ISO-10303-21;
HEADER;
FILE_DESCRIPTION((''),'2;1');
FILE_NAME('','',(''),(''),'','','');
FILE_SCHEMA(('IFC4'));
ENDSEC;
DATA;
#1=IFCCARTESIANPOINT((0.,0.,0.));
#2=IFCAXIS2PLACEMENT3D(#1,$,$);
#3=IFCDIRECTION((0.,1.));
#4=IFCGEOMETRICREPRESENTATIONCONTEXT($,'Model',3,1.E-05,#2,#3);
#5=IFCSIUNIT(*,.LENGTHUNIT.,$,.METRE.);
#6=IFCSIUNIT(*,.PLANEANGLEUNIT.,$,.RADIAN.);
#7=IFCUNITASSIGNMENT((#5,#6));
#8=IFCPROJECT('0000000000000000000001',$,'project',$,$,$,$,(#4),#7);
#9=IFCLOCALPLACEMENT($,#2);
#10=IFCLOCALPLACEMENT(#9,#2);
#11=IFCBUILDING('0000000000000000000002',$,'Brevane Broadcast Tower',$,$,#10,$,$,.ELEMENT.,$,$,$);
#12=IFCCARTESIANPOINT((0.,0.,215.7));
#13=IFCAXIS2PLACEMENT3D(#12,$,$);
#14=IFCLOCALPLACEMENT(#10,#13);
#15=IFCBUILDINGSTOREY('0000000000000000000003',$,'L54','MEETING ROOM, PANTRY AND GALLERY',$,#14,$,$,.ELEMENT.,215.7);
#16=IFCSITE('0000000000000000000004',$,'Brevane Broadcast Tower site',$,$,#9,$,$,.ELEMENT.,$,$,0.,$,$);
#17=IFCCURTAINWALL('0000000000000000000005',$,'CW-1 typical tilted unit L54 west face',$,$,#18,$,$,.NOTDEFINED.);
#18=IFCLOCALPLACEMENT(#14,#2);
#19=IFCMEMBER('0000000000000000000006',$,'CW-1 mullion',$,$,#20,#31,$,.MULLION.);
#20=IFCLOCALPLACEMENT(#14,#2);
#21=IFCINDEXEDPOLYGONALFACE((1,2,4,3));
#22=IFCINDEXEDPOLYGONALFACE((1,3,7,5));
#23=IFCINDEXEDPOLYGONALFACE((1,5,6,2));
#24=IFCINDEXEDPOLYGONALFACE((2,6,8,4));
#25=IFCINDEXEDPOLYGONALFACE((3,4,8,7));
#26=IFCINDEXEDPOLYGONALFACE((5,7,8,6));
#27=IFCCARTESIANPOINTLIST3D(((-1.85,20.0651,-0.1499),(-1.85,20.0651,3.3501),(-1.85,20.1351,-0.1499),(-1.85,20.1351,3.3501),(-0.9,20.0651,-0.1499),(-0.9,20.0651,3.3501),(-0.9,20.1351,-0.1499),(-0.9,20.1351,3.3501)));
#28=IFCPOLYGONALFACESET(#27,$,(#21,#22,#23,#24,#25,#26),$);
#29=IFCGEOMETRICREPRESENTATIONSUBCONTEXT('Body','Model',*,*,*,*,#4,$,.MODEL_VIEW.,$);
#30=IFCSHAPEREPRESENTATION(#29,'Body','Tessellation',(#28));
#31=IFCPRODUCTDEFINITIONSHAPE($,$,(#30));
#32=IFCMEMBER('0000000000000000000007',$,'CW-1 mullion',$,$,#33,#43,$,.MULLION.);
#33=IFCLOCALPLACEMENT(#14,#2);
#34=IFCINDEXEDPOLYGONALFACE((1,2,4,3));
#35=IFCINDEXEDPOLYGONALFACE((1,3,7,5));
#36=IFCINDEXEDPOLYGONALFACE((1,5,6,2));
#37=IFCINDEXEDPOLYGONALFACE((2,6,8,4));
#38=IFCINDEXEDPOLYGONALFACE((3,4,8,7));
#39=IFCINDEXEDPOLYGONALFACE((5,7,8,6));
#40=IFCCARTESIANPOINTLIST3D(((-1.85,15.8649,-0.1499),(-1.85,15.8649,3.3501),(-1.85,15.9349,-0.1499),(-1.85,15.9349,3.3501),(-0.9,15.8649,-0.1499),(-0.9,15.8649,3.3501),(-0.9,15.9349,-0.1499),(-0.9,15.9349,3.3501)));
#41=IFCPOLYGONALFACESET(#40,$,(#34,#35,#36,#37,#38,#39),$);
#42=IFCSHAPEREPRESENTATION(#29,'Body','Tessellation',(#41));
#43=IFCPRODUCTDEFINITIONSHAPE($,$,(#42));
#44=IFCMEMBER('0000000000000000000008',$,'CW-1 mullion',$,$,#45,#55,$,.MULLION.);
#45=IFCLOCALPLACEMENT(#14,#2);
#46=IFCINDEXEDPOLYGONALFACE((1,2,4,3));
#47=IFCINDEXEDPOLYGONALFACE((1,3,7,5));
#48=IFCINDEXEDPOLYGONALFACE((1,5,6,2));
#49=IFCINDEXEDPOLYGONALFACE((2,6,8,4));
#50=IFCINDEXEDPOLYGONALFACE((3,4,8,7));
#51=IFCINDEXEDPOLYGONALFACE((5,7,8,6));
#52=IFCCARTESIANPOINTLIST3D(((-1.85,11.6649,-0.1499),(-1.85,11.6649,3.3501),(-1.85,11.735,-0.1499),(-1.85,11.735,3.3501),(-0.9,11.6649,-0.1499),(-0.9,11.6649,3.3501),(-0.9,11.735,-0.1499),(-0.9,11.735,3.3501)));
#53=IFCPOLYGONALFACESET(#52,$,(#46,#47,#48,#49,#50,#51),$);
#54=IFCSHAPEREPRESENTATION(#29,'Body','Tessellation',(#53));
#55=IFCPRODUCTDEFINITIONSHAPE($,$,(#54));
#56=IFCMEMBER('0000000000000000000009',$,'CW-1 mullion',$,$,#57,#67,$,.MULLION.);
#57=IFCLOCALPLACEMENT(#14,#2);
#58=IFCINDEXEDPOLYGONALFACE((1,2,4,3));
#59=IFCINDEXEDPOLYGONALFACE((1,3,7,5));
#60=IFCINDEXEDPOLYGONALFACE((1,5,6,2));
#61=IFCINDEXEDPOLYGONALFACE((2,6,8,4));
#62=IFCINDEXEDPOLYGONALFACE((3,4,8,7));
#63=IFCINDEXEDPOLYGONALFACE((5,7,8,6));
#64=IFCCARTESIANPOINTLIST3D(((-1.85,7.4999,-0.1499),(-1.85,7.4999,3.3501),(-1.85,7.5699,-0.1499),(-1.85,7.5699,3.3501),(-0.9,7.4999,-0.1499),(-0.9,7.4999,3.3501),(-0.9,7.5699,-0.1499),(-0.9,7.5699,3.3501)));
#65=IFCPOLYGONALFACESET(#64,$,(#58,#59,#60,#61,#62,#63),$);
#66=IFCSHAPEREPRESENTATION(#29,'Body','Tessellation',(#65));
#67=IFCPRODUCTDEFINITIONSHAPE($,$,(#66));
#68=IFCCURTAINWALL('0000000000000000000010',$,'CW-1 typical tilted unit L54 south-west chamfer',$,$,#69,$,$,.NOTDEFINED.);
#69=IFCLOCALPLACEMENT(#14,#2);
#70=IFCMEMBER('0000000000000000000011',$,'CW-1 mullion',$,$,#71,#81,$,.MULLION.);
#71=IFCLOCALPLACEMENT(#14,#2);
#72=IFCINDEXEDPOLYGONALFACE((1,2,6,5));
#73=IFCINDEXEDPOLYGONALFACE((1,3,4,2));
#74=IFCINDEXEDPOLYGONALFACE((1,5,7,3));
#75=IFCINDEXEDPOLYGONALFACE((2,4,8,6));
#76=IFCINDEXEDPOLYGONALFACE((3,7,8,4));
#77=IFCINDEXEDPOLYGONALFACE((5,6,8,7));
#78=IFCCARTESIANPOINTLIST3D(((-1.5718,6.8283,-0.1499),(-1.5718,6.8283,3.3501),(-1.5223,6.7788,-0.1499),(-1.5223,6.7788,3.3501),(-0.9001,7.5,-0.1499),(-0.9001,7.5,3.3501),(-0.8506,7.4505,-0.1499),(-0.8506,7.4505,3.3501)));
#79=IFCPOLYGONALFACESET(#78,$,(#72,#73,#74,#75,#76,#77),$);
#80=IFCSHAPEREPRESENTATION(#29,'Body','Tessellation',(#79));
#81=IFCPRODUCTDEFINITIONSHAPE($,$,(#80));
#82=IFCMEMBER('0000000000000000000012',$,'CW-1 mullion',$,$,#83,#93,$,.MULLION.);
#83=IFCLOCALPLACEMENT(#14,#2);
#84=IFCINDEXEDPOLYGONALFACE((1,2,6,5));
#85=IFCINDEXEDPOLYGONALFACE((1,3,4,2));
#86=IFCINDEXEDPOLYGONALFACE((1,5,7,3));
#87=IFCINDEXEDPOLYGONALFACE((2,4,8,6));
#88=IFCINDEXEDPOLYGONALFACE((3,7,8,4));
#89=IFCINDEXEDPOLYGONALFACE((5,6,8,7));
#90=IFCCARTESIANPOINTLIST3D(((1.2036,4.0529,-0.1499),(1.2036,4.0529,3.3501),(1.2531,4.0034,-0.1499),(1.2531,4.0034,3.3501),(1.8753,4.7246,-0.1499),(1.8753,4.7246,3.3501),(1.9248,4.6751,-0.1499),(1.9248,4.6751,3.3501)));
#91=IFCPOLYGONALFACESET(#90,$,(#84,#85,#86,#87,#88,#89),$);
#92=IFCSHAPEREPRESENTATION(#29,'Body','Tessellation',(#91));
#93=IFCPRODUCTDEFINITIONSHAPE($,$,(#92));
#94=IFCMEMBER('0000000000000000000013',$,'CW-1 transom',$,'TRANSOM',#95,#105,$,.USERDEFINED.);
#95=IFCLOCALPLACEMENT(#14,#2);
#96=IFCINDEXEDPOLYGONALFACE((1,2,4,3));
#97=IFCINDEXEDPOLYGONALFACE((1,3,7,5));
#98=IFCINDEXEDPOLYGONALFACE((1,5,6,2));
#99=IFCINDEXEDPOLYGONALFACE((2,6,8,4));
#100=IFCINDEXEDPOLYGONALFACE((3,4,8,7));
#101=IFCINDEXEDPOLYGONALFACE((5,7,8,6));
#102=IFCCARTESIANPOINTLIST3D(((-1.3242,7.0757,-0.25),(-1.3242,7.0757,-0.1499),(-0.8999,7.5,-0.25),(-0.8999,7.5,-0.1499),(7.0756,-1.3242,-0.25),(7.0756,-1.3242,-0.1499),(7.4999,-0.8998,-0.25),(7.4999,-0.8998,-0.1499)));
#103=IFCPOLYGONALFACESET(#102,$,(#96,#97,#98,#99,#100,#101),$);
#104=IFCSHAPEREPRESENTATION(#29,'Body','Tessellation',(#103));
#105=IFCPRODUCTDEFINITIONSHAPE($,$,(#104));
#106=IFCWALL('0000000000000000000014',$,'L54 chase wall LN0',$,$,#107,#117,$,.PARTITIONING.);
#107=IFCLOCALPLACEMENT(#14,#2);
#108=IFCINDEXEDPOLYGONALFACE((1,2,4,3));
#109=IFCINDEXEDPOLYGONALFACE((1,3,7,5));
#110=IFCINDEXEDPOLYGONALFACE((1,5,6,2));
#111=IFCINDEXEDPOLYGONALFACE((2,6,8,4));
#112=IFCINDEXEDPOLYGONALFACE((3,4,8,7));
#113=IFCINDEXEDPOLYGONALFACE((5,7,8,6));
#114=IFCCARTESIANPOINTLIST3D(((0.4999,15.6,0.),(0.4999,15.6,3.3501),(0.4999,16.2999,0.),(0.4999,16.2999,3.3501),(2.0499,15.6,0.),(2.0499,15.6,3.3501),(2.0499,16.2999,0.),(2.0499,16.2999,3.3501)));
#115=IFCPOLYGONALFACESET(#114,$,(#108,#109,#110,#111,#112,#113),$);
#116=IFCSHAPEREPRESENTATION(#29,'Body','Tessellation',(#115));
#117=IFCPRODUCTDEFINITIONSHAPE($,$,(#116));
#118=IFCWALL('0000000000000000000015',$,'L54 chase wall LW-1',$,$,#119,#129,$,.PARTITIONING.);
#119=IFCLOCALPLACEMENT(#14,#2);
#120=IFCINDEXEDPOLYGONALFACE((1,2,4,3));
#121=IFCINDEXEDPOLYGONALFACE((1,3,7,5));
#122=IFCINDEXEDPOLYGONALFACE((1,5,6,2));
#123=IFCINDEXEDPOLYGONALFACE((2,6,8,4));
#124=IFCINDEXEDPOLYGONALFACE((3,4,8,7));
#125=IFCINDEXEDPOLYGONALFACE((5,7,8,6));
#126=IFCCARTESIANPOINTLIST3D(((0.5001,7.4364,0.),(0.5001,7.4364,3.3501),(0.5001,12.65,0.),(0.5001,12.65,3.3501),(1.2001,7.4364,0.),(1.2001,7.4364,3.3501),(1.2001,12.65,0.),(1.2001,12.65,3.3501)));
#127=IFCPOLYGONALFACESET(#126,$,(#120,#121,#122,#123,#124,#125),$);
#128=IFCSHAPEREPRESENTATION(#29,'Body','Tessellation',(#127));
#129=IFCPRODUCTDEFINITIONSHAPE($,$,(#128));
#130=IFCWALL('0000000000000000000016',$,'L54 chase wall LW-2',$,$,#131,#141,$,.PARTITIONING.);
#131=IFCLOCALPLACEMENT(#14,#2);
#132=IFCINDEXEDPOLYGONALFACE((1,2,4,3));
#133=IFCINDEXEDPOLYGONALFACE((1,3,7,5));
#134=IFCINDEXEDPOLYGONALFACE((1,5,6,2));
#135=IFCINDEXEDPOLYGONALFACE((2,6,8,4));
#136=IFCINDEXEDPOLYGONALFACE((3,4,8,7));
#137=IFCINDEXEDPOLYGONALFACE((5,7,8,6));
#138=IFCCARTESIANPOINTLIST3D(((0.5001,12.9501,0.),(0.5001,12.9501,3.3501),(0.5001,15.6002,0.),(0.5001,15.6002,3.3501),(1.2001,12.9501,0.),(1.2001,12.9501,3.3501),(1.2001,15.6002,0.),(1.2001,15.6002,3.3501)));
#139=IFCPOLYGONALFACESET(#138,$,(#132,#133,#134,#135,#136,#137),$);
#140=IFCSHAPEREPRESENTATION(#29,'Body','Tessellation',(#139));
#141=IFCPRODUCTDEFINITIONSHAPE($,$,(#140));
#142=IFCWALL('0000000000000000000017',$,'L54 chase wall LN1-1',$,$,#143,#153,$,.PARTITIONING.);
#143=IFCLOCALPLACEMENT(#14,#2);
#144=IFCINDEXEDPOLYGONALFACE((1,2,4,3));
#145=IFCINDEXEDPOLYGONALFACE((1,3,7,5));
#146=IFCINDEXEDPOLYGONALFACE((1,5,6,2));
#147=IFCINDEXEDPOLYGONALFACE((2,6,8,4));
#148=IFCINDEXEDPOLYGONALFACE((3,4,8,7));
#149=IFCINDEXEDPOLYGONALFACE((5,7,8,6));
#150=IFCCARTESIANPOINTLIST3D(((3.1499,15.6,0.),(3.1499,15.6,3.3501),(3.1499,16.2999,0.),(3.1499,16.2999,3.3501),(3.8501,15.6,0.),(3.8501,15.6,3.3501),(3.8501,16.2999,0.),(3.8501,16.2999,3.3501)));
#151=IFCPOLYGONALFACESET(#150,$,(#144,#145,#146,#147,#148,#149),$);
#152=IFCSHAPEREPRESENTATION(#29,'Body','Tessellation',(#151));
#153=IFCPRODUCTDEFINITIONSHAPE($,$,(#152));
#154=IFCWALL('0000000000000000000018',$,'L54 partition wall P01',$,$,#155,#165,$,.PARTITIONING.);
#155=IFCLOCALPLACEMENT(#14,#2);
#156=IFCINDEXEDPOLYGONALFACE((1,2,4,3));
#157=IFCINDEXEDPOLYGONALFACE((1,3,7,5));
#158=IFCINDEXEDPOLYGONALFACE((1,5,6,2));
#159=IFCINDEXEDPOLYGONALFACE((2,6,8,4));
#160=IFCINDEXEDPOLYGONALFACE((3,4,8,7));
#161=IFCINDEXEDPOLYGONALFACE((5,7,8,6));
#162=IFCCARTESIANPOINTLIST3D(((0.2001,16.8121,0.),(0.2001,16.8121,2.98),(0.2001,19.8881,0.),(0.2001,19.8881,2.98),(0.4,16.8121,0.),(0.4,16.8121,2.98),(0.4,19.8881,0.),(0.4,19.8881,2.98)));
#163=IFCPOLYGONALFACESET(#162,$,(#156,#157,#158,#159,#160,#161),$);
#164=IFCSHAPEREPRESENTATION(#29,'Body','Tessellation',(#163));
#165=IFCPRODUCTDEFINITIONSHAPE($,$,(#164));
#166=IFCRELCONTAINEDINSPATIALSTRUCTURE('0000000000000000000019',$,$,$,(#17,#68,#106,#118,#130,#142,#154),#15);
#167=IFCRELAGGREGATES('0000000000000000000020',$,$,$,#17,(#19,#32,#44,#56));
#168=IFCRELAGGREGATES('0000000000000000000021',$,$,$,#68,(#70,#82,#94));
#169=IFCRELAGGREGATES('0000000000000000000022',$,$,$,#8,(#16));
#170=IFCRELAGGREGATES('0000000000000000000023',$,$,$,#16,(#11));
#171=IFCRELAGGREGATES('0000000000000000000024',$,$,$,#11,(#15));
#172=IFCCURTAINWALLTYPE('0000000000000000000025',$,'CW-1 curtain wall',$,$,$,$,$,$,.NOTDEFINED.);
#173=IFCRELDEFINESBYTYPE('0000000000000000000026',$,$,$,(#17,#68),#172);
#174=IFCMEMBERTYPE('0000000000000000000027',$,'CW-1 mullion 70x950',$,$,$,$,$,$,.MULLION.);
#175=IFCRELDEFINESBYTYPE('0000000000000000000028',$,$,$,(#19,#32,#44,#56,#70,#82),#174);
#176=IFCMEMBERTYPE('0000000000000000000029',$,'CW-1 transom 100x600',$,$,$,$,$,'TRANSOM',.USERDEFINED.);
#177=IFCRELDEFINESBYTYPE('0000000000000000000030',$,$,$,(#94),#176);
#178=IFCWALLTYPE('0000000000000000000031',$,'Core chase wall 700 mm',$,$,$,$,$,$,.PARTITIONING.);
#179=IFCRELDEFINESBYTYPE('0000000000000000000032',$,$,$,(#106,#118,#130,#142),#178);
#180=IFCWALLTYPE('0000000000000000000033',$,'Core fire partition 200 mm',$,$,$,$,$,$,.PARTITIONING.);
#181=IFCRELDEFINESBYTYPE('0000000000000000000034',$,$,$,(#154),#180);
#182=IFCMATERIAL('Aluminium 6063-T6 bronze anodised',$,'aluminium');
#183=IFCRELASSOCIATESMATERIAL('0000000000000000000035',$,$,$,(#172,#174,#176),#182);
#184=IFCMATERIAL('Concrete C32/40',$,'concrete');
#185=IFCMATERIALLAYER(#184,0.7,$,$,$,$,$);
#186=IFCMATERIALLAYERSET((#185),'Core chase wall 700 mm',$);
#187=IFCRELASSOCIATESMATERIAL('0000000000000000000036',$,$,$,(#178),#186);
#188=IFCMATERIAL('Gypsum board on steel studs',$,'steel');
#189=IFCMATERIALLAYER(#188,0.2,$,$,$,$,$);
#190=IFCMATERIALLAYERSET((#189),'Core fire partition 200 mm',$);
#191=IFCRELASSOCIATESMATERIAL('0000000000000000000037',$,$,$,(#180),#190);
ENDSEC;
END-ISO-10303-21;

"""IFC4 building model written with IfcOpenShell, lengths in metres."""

from ifc_helpers import new_model, si_unit, direction, frame, frame_2d, origin, origin_2d, place, context, subcontext, project, spatial, rectangle, extrude, material, layer, layer_set, material_profile, profile_set, type_object, element, aggregate, save


model = new_model("IFC4")

# Units and contexts
model_context = context("Model", 3, precision=1e-05, world=origin(), true_north=direction((0.0, 1.0)))
body_context = subcontext(model_context, "Body", "Model", "MODEL_VIEW")
ifc_project = project(units=[si_unit("LENGTHUNIT", "METRE"), si_unit("PLANEANGLEUNIT", "RADIAN")], contexts=[model_context])

# Site, building, storey
site_placement = place(None, origin())
site = spatial("IfcSite", under=ifc_project, at=site_placement, Name="Brevane Broadcast Tower site", CompositionType="ELEMENT", RefElevation=0.0)
building_placement = place(site_placement, origin())
building = spatial("IfcBuilding", under=site, at=building_placement, Name="Brevane Broadcast Tower", CompositionType="ELEMENT")
storey_placement = place(building_placement, frame((0.0, 0.0, 215.7)))
storey = spatial("IfcBuildingStorey", under=building, at=storey_placement, Name="L54", Description="MEETING ROOM, PANTRY AND GALLERY", CompositionType="ELEMENT", Elevation=215.7)

# Curtain walls, members
ifc_material_1 = material(Name="Aluminium 6063-T6 bronze anodised", Category="aluminium")
curtain_wall_type = type_object("IfcCurtainWallType", Name="CW-1 curtain wall", PredefinedType="NOTDEFINED", material=ifc_material_1)
curtain_wall_1_placement = place(storey_placement, origin())
curtain_wall_1 = element("IfcCurtainWall", 1, at=curtain_wall_1_placement, inside=storey, type_object=curtain_wall_type, Name="CW-1 typical tilted unit L54 west face", PredefinedType="NOTDEFINED")
ifc_material_profile_1 = material_profile(ifc_material_1, rectangle(XDim=0.95, YDim=0.0701, at=origin_2d()), Name="RECT 70x950")
ifc_profile_set_1 = profile_set([ifc_material_profile_1], Name="Aluminium 6063-T6 bronze anodised")
member_type_1 = type_object("IfcMemberType", Name="CW-1 mullion 70x950", PredefinedType="MULLION", material=ifc_profile_set_1)
member_1_placement = place(storey_placement, frame((-1.375, 20.1001, -0.1499), z_axis=(0.0, 0.0, 1.0), x_axis=(1.0, 0.0, 0.0)))
member_1 = element("IfcMember", 2, at=member_1_placement, type_object=member_type_1, Name="CW-1 mullion", PredefinedType="MULLION", context=body_context, shape_type="SweptSolid", body=[
    extrude(rectangle(XDim=0.95, YDim=0.0701, at=origin_2d()), origin(), (0.0, 0.0, 1.0), 3.5),
])
member_2_placement = place(storey_placement, frame((-1.375, 15.8999, -0.1499), z_axis=(0.0, 0.0, 1.0), x_axis=(1.0, 0.0, 0.0)))
member_2 = element("IfcMember", 3, at=member_2_placement, type_object=member_type_1, Name="CW-1 mullion", PredefinedType="MULLION", context=body_context, shape_type="SweptSolid", body=[
    extrude(rectangle(XDim=0.95, YDim=0.0701, at=origin_2d()), origin(), (0.0, 0.0, 1.0), 3.5),
])
member_3_placement = place(storey_placement, frame((-1.375, 11.7, -0.1499), z_axis=(0.0, 0.0, 1.0), x_axis=(1.0, 0.0, 0.0)))
member_3 = element("IfcMember", 4, at=member_3_placement, type_object=member_type_1, Name="CW-1 mullion", PredefinedType="MULLION", context=body_context, shape_type="SweptSolid", body=[
    extrude(rectangle(XDim=0.95, YDim=0.0701, at=origin_2d()), origin(), (0.0, 0.0, 1.0), 3.5),
])
member_4_placement = place(storey_placement, frame((-1.375, 7.5349, -0.1499), z_axis=(0.0, 0.0, 1.0), x_axis=(1.0, 0.0, 0.0)))
member_4 = element("IfcMember", 5, at=member_4_placement, type_object=member_type_1, Name="CW-1 mullion", PredefinedType="MULLION", context=body_context, shape_type="SweptSolid", body=[
    extrude(rectangle(XDim=0.95, YDim=0.0701, at=origin_2d()), origin(), (0.0, 0.0, 1.0), 3.5),
])
aggregate(curtain_wall_1, [member_1, member_2, member_3, member_4])
curtain_wall_2_placement = place(storey_placement, origin())
curtain_wall_2 = element("IfcCurtainWall", 6, at=curtain_wall_2_placement, inside=storey, type_object=curtain_wall_type, Name="CW-1 typical tilted unit L54 south-west chamfer", PredefinedType="NOTDEFINED")
member_5_placement = place(storey_placement, frame((-1.2112, 7.1394, -0.1499), z_axis=(0.0, 0.0, 1.0), x_axis=(0.707107, 0.707107, 0.0)))
member_5 = element("IfcMember", 7, at=member_5_placement, type_object=member_type_1, Name="CW-1 mullion", PredefinedType="MULLION", context=body_context, shape_type="SweptSolid", body=[
    extrude(rectangle(XDim=0.95, YDim=0.0701, at=origin_2d()), origin(), (0.0, 0.0, 1.0), 3.5),
])
member_6_placement = place(storey_placement, frame((1.5642, 4.364, -0.1499), z_axis=(0.0, 0.0, 1.0), x_axis=(0.707107, 0.707107, 0.0)))
member_6 = element("IfcMember", 8, at=member_6_placement, type_object=member_type_1, Name="CW-1 mullion", PredefinedType="MULLION", context=body_context, shape_type="SweptSolid", body=[
    extrude(rectangle(XDim=0.95, YDim=0.0701, at=origin_2d()), origin(), (0.0, 0.0, 1.0), 3.5),
])
ifc_material_profile_2 = material_profile(ifc_material_1, rectangle(XDim=0.6001, YDim=0.1001, at=origin_2d()), Name="RECT 100x600")
ifc_profile_set_2 = profile_set([ifc_material_profile_2], Name="Aluminium 6063-T6 bronze anodised")
member_type_2 = type_object("IfcMemberType", Name="CW-1 transom 100x600", ElementType="TRANSOM", PredefinedType="USERDEFINED", material=ifc_profile_set_2)
member_7_placement = place(storey_placement, frame((-1.1121, 7.2878, -0.2), z_axis=(0.707107, -0.707107, 0.0), x_axis=(0.707107, 0.707107, 0.0)))
member_7 = element("IfcMember", 9, at=member_7_placement, type_object=member_type_2, Name="CW-1 transom", ObjectType="TRANSOM", PredefinedType="USERDEFINED", context=body_context, shape_type="SweptSolid", body=[
    extrude(rectangle(XDim=0.6001, YDim=0.1001, at=origin_2d()), origin(), (0.0, 0.0, 1.0), 11.8792),
])
aggregate(curtain_wall_2, [member_5, member_6, member_7])

# Walls
ifc_material_2 = material(Name="Concrete C32/40", Category="concrete")
ifc_layer_1 = layer(ifc_material_2, 0.7)
ifc_layer_set_1 = layer_set([ifc_layer_1], Name="Core chase wall 700 mm")
wall_type_1 = type_object("IfcWallType", Name="Core chase wall 700 mm", PredefinedType="PARTITIONING", material=ifc_layer_set_1)
wall_1_placement = place(storey_placement, frame((0.5, 15.95, 0.0), z_axis=(0.0, 0.0, 1.0), x_axis=(1.0, 0.0, 0.0)))
element("IfcWall", 10, at=wall_1_placement, inside=storey, type_object=wall_type_1, Name="L54 chase wall LN0", PredefinedType="PARTITIONING", context=body_context, shape_type="SweptSolid", body=[
    extrude(rectangle(XDim=1.55, YDim=0.7, at=frame_2d((0.7749, 0.0))), origin(), (0.0, 0.0, 1.0), 3.3501),
])
wall_2_placement = place(storey_placement, frame((0.8501, 7.4363, 0.0), z_axis=(0.0, 0.0, 1.0), x_axis=(0.0, 1.0, 0.0)))
element("IfcWall", 11, at=wall_2_placement, inside=storey, type_object=wall_type_1, Name="L54 chase wall LW-1", PredefinedType="PARTITIONING", context=body_context, shape_type="SweptSolid", body=[
    extrude(rectangle(XDim=5.2136, YDim=0.7, at=frame_2d((2.6069, 0.0))), origin(), (0.0, 0.0, 1.0), 3.3501),
])
wall_3_placement = place(storey_placement, frame((0.8501, 12.95, 0.0), z_axis=(0.0, 0.0, 1.0), x_axis=(0.0, 1.0, 0.0)))
element("IfcWall", 12, at=wall_3_placement, inside=storey, type_object=wall_type_1, Name="L54 chase wall LW-2", PredefinedType="PARTITIONING", context=body_context, shape_type="SweptSolid", body=[
    extrude(rectangle(XDim=2.6501, YDim=0.7, at=frame_2d((1.3252, 0.0))), origin(), (0.0, 0.0, 1.0), 3.3501),
])
wall_4_placement = place(storey_placement, frame((3.1499, 15.95, 0.0), z_axis=(0.0, 0.0, 1.0), x_axis=(1.0, 0.0, 0.0)))
element("IfcWall", 13, at=wall_4_placement, inside=storey, type_object=wall_type_1, Name="L54 chase wall LN1-1", PredefinedType="PARTITIONING", context=body_context, shape_type="SweptSolid", body=[
    extrude(rectangle(XDim=0.7002, YDim=0.7, at=frame_2d((0.3501, 0.0))), origin(), (0.0, 0.0, 1.0), 3.3501),
])
ifc_material_3 = material(Name="Gypsum board on steel studs", Category="steel")
ifc_layer_2 = layer(ifc_material_3, 0.2)
ifc_layer_set_2 = layer_set([ifc_layer_2], Name="Core fire partition 200 mm")
wall_type_2 = type_object("IfcWallType", Name="Core fire partition 200 mm", PredefinedType="PARTITIONING", material=ifc_layer_set_2)
wall_5_placement = place(storey_placement, frame((0.3, 16.812, 0.0), z_axis=(0.0, 0.0, 1.0), x_axis=(0.0, 1.0, 0.0)))
element("IfcWall", 14, at=wall_5_placement, inside=storey, type_object=wall_type_2, Name="L54 partition wall P01", PredefinedType="PARTITIONING", context=body_context, shape_type="SweptSolid", body=[
    extrude(rectangle(XDim=3.0759, YDim=0.2, at=frame_2d((1.5381, 0.0))), origin(), (0.0, 0.0, 1.0), 2.98),
])

save(model, "model.ifc")
